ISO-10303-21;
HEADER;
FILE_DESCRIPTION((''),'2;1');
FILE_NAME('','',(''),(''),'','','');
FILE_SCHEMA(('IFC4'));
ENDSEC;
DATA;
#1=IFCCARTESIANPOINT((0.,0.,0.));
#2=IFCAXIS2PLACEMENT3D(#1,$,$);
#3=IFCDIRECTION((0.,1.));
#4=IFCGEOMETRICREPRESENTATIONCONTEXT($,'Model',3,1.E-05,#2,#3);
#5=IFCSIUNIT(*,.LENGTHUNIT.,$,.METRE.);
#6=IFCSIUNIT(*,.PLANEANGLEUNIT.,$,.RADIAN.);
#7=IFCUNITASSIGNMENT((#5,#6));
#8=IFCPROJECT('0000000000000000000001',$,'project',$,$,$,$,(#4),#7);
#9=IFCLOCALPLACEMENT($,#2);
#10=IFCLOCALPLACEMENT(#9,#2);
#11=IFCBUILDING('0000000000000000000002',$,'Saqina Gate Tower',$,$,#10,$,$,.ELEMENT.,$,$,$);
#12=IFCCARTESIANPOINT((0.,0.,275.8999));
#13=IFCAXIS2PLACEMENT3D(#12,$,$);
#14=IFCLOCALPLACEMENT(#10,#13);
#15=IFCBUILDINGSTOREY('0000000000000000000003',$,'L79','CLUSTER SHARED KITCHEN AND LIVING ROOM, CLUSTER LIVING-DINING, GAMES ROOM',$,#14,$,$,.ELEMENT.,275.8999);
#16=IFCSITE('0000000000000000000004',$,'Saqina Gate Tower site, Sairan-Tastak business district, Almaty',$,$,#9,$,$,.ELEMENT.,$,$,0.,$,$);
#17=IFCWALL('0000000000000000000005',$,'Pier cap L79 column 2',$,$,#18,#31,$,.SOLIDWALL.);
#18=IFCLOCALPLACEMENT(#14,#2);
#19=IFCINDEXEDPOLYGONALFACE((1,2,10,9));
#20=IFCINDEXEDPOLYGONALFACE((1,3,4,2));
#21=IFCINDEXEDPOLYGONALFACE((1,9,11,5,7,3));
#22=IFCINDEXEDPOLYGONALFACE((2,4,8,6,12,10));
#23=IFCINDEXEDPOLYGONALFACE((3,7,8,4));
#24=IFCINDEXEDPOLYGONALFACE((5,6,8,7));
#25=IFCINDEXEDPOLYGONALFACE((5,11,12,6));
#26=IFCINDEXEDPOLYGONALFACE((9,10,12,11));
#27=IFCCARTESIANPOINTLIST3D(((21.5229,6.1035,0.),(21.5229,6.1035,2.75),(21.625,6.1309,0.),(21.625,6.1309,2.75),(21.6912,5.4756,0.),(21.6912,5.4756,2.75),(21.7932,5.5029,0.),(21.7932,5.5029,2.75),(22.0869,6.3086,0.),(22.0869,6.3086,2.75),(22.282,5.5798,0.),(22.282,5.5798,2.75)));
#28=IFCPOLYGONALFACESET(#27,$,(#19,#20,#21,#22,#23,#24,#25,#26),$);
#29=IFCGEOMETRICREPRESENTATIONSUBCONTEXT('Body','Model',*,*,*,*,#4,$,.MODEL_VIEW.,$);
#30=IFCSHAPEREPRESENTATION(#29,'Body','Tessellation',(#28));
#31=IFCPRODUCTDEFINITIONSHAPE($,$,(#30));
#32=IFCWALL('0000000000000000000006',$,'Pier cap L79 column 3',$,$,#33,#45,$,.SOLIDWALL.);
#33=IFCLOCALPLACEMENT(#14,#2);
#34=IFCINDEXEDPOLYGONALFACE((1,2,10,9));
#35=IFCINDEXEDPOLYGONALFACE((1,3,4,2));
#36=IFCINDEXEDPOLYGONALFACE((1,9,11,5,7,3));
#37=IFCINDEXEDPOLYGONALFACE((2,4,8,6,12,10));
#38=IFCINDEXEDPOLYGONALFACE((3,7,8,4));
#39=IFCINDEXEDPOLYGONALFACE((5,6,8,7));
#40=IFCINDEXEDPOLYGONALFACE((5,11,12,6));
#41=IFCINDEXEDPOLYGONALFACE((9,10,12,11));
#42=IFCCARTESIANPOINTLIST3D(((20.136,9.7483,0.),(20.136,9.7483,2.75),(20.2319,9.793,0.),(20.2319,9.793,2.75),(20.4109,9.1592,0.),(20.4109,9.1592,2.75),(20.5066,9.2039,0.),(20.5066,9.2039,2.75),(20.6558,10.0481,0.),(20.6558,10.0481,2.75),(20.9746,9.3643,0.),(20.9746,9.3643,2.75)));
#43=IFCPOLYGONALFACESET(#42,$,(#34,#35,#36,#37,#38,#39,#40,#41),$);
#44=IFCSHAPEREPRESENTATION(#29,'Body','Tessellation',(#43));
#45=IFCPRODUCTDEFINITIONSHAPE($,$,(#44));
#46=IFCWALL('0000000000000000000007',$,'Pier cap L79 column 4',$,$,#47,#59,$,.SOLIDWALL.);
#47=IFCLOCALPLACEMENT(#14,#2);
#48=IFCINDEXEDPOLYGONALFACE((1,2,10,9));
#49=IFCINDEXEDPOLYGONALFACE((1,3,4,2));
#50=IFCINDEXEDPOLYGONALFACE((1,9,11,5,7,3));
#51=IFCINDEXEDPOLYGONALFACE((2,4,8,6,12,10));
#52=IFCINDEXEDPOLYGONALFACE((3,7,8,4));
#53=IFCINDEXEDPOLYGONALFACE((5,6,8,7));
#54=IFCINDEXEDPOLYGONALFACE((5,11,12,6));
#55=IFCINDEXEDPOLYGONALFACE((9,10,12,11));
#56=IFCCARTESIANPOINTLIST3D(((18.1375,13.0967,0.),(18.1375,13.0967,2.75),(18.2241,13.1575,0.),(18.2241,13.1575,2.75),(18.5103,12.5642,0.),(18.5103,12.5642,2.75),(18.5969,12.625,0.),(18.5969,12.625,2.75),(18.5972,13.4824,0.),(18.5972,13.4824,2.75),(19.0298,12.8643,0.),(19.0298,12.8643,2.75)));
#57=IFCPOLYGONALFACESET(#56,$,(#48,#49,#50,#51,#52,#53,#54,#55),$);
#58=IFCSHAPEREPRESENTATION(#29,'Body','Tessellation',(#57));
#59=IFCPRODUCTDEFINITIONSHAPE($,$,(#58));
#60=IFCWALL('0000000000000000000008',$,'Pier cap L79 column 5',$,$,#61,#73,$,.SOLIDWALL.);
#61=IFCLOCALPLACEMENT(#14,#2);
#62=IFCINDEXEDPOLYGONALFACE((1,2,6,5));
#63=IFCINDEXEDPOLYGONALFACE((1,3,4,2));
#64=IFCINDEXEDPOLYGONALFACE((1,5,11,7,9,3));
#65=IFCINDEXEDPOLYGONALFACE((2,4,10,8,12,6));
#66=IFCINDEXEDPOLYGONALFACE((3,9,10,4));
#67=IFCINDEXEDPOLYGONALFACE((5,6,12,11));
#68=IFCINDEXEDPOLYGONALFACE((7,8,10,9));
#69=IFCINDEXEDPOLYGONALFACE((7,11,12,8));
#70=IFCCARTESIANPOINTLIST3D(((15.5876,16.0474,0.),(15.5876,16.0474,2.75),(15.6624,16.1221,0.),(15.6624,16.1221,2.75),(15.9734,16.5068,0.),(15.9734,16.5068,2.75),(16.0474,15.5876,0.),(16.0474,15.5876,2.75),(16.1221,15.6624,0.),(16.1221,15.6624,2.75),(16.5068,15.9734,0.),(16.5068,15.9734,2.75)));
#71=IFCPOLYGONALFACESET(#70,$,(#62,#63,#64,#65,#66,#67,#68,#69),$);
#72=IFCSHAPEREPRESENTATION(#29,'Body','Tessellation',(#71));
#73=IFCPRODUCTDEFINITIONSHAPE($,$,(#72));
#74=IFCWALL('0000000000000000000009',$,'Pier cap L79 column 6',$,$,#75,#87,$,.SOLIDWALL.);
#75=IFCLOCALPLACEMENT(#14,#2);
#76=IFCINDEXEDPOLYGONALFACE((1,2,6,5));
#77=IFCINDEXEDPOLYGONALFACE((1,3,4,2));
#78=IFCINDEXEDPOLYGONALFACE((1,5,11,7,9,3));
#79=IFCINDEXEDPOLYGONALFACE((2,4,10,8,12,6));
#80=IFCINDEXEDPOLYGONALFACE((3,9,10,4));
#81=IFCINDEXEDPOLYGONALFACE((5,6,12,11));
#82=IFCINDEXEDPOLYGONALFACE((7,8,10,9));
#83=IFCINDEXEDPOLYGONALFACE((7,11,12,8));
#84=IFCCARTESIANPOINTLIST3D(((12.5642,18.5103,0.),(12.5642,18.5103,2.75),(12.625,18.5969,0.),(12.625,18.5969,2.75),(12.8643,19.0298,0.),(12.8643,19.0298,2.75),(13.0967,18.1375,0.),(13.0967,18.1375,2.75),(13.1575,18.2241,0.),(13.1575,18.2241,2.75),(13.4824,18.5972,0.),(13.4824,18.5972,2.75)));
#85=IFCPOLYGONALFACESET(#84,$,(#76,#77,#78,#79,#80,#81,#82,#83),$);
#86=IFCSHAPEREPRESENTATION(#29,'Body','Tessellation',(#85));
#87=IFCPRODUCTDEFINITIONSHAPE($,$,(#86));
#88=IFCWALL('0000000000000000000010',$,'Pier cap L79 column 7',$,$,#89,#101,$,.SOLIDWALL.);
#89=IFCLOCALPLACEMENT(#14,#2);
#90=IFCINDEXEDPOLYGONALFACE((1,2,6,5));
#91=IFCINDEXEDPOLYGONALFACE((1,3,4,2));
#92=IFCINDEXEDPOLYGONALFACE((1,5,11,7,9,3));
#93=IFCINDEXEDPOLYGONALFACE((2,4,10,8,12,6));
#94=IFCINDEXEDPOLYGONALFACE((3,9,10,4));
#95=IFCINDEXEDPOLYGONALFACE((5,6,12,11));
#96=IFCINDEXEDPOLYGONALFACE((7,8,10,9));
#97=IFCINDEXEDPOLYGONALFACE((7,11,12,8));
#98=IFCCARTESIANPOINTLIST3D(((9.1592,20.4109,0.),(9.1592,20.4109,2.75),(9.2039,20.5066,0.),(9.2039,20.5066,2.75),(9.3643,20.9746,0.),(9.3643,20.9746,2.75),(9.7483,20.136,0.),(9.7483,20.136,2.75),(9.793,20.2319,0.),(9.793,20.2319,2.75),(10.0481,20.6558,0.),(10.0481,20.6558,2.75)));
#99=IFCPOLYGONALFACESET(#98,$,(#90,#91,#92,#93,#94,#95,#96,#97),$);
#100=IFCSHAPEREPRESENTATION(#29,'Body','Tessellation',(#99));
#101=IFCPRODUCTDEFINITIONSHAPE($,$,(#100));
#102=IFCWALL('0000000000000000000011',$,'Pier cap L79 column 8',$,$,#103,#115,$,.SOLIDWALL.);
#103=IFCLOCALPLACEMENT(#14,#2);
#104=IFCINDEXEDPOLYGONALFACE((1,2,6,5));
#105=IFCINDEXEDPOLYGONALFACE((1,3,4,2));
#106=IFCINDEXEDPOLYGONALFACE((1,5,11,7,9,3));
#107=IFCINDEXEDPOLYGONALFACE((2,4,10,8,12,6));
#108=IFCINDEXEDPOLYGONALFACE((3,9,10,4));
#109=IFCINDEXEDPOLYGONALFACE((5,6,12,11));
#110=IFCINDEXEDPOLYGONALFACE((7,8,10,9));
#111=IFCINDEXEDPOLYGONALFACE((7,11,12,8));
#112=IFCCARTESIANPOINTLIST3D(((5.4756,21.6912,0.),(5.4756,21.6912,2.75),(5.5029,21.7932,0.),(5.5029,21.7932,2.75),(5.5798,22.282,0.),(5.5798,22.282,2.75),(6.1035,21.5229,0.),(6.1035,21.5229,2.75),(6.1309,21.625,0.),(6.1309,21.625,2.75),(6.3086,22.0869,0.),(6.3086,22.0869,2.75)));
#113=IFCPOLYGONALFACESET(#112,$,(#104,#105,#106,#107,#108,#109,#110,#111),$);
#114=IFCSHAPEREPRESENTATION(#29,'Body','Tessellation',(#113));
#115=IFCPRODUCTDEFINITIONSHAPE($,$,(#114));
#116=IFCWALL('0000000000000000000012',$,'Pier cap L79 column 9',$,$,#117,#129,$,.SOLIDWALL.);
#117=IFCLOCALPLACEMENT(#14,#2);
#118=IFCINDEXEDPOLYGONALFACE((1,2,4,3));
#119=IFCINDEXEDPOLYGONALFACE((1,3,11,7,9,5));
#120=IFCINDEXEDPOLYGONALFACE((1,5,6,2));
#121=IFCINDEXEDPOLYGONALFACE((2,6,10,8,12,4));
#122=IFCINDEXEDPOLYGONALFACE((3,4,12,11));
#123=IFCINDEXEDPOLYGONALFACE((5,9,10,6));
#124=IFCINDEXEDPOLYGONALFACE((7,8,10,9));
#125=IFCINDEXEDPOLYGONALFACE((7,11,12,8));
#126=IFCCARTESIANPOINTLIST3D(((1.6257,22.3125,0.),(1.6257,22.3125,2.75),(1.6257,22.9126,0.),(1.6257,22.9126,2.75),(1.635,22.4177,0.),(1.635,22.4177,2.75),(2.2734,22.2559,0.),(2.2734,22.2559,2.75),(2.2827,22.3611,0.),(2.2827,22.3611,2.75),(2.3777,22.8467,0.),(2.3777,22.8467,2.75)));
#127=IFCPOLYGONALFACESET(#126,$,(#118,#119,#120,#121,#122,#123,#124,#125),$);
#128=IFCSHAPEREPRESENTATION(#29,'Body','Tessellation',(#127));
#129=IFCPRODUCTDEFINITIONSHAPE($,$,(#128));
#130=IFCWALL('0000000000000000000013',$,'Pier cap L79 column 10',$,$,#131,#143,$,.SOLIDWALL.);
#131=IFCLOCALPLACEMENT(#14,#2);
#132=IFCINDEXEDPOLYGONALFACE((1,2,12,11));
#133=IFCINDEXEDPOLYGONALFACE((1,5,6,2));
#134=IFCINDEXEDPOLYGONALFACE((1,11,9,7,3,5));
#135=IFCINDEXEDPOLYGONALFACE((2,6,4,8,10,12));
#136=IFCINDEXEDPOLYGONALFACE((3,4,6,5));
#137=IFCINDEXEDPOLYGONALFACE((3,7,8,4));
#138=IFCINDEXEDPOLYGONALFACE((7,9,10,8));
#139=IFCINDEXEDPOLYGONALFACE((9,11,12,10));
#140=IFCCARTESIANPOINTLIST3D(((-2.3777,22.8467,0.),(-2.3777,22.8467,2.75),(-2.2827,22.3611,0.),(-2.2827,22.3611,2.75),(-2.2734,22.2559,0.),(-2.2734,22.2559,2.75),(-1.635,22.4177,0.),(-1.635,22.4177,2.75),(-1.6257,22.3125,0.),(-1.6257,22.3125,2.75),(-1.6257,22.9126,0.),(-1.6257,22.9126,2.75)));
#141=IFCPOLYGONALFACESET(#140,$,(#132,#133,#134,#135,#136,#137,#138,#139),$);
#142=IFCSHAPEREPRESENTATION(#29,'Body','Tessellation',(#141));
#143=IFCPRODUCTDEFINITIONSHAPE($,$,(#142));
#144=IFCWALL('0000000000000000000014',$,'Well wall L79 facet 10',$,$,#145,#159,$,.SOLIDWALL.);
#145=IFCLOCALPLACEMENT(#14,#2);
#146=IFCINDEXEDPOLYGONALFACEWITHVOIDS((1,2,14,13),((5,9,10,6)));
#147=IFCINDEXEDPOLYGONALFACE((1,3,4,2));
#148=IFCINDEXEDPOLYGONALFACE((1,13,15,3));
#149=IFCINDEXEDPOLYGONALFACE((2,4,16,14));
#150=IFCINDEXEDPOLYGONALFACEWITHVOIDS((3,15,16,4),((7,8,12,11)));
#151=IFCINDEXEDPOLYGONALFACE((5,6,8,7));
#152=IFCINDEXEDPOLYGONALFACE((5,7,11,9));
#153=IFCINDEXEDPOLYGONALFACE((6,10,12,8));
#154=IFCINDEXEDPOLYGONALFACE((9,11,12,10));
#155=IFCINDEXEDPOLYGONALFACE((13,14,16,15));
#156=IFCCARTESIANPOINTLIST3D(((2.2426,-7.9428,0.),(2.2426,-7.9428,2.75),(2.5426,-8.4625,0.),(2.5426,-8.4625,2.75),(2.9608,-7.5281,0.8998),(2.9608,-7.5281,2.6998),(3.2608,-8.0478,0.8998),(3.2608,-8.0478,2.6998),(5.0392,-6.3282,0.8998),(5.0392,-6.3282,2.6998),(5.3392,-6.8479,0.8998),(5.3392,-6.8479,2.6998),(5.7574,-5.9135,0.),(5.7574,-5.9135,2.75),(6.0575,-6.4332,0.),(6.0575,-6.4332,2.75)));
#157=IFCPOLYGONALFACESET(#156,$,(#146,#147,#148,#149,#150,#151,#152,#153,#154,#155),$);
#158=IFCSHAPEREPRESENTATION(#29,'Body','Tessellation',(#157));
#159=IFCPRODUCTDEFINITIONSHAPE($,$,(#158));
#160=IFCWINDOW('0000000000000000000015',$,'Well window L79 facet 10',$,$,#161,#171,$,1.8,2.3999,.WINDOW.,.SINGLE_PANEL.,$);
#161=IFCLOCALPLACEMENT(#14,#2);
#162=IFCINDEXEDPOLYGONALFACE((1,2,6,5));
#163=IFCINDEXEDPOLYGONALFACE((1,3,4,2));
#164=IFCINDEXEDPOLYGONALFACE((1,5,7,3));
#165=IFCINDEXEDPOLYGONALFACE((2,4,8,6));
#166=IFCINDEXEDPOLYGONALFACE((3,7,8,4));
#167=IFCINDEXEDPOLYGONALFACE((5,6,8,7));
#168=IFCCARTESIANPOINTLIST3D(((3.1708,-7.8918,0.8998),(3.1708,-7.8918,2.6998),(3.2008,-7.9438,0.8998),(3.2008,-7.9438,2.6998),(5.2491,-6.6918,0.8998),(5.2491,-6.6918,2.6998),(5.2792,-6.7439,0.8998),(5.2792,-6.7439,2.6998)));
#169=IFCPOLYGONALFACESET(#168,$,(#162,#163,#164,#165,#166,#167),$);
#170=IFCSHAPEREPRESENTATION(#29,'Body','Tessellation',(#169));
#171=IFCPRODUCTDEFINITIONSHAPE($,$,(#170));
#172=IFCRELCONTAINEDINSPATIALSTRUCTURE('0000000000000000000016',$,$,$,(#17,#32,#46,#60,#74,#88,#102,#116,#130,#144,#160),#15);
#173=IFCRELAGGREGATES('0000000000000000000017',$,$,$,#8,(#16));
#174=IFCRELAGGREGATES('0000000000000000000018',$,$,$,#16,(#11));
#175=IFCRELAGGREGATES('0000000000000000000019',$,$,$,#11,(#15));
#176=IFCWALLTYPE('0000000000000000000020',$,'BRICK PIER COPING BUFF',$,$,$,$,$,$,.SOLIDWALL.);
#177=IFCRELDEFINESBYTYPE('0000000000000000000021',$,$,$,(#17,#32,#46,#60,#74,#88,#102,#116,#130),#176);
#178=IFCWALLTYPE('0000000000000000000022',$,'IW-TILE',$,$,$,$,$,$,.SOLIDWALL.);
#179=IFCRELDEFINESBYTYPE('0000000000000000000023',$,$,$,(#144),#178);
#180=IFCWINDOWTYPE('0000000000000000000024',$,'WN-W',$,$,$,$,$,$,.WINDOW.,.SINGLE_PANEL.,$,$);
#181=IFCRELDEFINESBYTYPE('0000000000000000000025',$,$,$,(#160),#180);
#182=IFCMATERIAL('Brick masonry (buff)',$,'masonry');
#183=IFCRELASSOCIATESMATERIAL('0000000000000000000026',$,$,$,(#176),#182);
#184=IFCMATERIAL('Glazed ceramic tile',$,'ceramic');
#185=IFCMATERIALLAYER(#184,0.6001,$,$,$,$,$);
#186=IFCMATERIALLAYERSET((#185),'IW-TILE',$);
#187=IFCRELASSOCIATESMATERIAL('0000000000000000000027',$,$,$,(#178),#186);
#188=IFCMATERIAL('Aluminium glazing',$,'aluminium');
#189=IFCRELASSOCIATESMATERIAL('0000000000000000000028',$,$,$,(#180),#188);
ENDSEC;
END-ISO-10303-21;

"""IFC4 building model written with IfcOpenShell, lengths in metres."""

from ifc_helpers import new_model, si_unit, direction, frame, frame_2d, origin, place, context, subcontext, project, spatial, polyline, rectangle, outline, extrude, material, layer, layer_set, type_object, element, fill, save


model = new_model("IFC4")

# Units and contexts
model_context = context("Model", 3, precision=1e-05, world=origin(), true_north=direction((0.0, 1.0)))
body_context = subcontext(model_context, "Body", "Model", "MODEL_VIEW")
ifc_project = project(units=[si_unit("LENGTHUNIT", "METRE"), si_unit("PLANEANGLEUNIT", "RADIAN")], contexts=[model_context])

# Site, building, storey
site_placement = place(None, origin())
site = spatial("IfcSite", under=ifc_project, at=site_placement, Name="Saqina Gate Tower site, Sairan-Tastak business district, Almaty", CompositionType="ELEMENT", RefElevation=0.0)
building_placement = place(site_placement, origin())
building = spatial("IfcBuilding", under=site, at=building_placement, Name="Saqina Gate Tower", CompositionType="ELEMENT")
storey_placement = place(building_placement, frame((0.0, 0.0, 275.8999)))
storey = spatial("IfcBuildingStorey", under=building, at=storey_placement, Name="L79", Description="CLUSTER SHARED KITCHEN AND LIVING ROOM, CLUSTER LIVING-DINING, GAMES ROOM", CompositionType="ELEMENT", Elevation=275.8999)

# Walls
ifc_material_1 = material(Name="Brick masonry (buff)", Category="masonry")
wall_type_1 = type_object("IfcWallType", Name="BRICK PIER COPING BUFF", PredefinedType="SOLIDWALL", material=ifc_material_1)
wall_1_placement = place(storey_placement, origin())
element("IfcWall", 1, at=wall_1_placement, inside=storey, type_object=wall_type_1, Name="Pier cap L79 column 2", PredefinedType="SOLIDWALL", context=body_context, shape_type="SweptSolid", body=[
    extrude(outline(polyline([(22.0869, 6.3086), (21.5229, 6.1035), (21.625, 6.1309), (21.7932, 5.5029), (21.6912, 5.4756), (22.282, 5.5798), (22.0869, 6.3086)])), origin(), (0.0, 0.0, 1.0), 2.75),
])
wall_2_placement = place(storey_placement, origin())
element("IfcWall", 2, at=wall_2_placement, inside=storey, type_object=wall_type_1, Name="Pier cap L79 column 3", PredefinedType="SOLIDWALL", context=body_context, shape_type="SweptSolid", body=[
    extrude(outline(polyline([(20.9746, 9.3643), (20.6558, 10.0481), (20.136, 9.7483), (20.2319, 9.793), (20.5066, 9.2039), (20.4109, 9.1592), (20.9746, 9.3643)])), origin(), (0.0, 0.0, 1.0), 2.75),
])
wall_3_placement = place(storey_placement, origin())
element("IfcWall", 3, at=wall_3_placement, inside=storey, type_object=wall_type_1, Name="Pier cap L79 column 4", PredefinedType="SOLIDWALL", context=body_context, shape_type="SweptSolid", body=[
    extrude(outline(polyline([(19.0298, 12.8643), (18.5972, 13.4824), (18.1375, 13.0967), (18.2241, 13.1575), (18.5969, 12.625), (18.5103, 12.5642), (19.0298, 12.8643)])), origin(), (0.0, 0.0, 1.0), 2.75),
])
wall_4_placement = place(storey_placement, origin())
element("IfcWall", 4, at=wall_4_placement, inside=storey, type_object=wall_type_1, Name="Pier cap L79 column 5", PredefinedType="SOLIDWALL", context=body_context, shape_type="SweptSolid", body=[
    extrude(outline(polyline([(15.9734, 16.5068), (15.5876, 16.0474), (15.6624, 16.1221), (16.1221, 15.6624), (16.0474, 15.5876), (16.5068, 15.9734), (15.9734, 16.5068)])), origin(), (0.0, 0.0, 1.0), 2.75),
])
wall_5_placement = place(storey_placement, origin())
element("IfcWall", 5, at=wall_5_placement, inside=storey, type_object=wall_type_1, Name="Pier cap L79 column 6", PredefinedType="SOLIDWALL", context=body_context, shape_type="SweptSolid", body=[
    extrude(outline(polyline([(12.8643, 19.0298), (12.5642, 18.5103), (12.625, 18.5969), (13.1575, 18.2241), (13.0967, 18.1375), (13.4824, 18.5972), (12.8643, 19.0298)])), origin(), (0.0, 0.0, 1.0), 2.75),
])
wall_6_placement = place(storey_placement, origin())
element("IfcWall", 6, at=wall_6_placement, inside=storey, type_object=wall_type_1, Name="Pier cap L79 column 7", PredefinedType="SOLIDWALL", context=body_context, shape_type="SweptSolid", body=[
    extrude(outline(polyline([(10.0481, 20.6558), (9.3643, 20.9746), (9.1592, 20.4109), (9.2039, 20.5066), (9.793, 20.2319), (9.7483, 20.136), (10.0481, 20.6558)])), origin(), (0.0, 0.0, 1.0), 2.75),
])
wall_7_placement = place(storey_placement, origin())
element("IfcWall", 7, at=wall_7_placement, inside=storey, type_object=wall_type_1, Name="Pier cap L79 column 8", PredefinedType="SOLIDWALL", context=body_context, shape_type="SweptSolid", body=[
    extrude(outline(polyline([(5.5798, 22.282), (5.4756, 21.6912), (5.5029, 21.7932), (6.1309, 21.625), (6.1035, 21.5229), (6.3086, 22.0869), (5.5798, 22.282)])), origin(), (0.0, 0.0, 1.0), 2.75),
])
wall_8_placement = place(storey_placement, origin())
element("IfcWall", 8, at=wall_8_placement, inside=storey, type_object=wall_type_1, Name="Pier cap L79 column 9", PredefinedType="SOLIDWALL", context=body_context, shape_type="SweptSolid", body=[
    extrude(outline(polyline([(2.3777, 22.8467), (1.6257, 22.9126), (1.6257, 22.3125), (1.635, 22.4177), (2.2827, 22.3611), (2.2734, 22.2559), (2.3777, 22.8467)])), origin(), (0.0, 0.0, 1.0), 2.75),
])
wall_9_placement = place(storey_placement, origin())
element("IfcWall", 9, at=wall_9_placement, inside=storey, type_object=wall_type_1, Name="Pier cap L79 column 10", PredefinedType="SOLIDWALL", context=body_context, shape_type="SweptSolid", body=[
    extrude(outline(polyline([(-1.6257, 22.9126), (-2.3777, 22.8467), (-2.2734, 22.2559), (-2.2827, 22.3611), (-1.635, 22.4177), (-1.6257, 22.3125), (-1.6257, 22.9126)])), origin(), (0.0, 0.0, 1.0), 2.75),
])

# Wall, opening, window
ifc_material_2 = material(Name="Glazed ceramic tile", Category="ceramic")
ifc_layer_1 = layer(ifc_material_2, 0.6001)
ifc_layer_set_1 = layer_set([ifc_layer_1], Name="IW-TILE")
wall_type_2 = type_object("IfcWallType", Name="IW-TILE", PredefinedType="SOLIDWALL", material=ifc_layer_set_1)
wall_10_placement = place(storey_placement, frame((2.3926, -8.2026, 0.0), z_axis=(0.0, 0.0, 1.0), x_axis=(0.866028, 0.499995, 0.0)))
wall_10 = element("IfcWall", 10, at=wall_10_placement, inside=storey, type_object=wall_type_2, Name="Well wall L79 facet 10", PredefinedType="SOLIDWALL", context=body_context, shape_type="SweptSolid", body=[
    extrude(rectangle(XDim=4.0586, YDim=0.6001, at=frame_2d((2.0293, 0.0))), origin(), (0.0, 0.0, 1.0), 2.75),
])
opening_1_placement = place(wall_10_placement, frame((0.8293, 0.0, 0.8999)))
opening_1 = element("IfcOpeningElement", 11, at=opening_1_placement, cuts=wall_10, PredefinedType="OPENING", context=body_context, shape_type="SweptSolid", body=[
    extrude(rectangle(XDim=2.3999, YDim=1.8, at=frame_2d((1.2, 0.8999))), frame((0.0, 0.312, 0.0), z_axis=(0.0, -1.0, 0.0), x_axis=(1.0, 0.0, 0.0)), (0.0, 0.0, 1.0), 0.624),
])
ifc_material_3 = material(Name="Aluminium glazing", Category="aluminium")
window_type = type_object("IfcWindowType", Name="WN-W", PartitioningType="SINGLE_PANEL", PredefinedType="WINDOW", material=ifc_material_3)
window_placement = place(opening_1_placement, origin())
window = element("IfcWindow", 12, at=window_placement, inside=storey, type_object=window_type, Name="Well window L79 facet 10", OverallHeight=1.8, OverallWidth=2.3999, PartitioningType="SINGLE_PANEL", PredefinedType="WINDOW", context=body_context, shape_type="SweptSolid", body=[
    extrude(rectangle(XDim=2.3999, YDim=1.8, at=frame_2d((1.2, 0.8999))), frame((0.0, -0.1199, 0.0), z_axis=(0.0, -1.0, 0.0), x_axis=(1.0, 0.0, 0.0)), (0.0, 0.0, 1.0), 0.0601),
])
fill(opening_1, window)

save(model, "model.ifc")
